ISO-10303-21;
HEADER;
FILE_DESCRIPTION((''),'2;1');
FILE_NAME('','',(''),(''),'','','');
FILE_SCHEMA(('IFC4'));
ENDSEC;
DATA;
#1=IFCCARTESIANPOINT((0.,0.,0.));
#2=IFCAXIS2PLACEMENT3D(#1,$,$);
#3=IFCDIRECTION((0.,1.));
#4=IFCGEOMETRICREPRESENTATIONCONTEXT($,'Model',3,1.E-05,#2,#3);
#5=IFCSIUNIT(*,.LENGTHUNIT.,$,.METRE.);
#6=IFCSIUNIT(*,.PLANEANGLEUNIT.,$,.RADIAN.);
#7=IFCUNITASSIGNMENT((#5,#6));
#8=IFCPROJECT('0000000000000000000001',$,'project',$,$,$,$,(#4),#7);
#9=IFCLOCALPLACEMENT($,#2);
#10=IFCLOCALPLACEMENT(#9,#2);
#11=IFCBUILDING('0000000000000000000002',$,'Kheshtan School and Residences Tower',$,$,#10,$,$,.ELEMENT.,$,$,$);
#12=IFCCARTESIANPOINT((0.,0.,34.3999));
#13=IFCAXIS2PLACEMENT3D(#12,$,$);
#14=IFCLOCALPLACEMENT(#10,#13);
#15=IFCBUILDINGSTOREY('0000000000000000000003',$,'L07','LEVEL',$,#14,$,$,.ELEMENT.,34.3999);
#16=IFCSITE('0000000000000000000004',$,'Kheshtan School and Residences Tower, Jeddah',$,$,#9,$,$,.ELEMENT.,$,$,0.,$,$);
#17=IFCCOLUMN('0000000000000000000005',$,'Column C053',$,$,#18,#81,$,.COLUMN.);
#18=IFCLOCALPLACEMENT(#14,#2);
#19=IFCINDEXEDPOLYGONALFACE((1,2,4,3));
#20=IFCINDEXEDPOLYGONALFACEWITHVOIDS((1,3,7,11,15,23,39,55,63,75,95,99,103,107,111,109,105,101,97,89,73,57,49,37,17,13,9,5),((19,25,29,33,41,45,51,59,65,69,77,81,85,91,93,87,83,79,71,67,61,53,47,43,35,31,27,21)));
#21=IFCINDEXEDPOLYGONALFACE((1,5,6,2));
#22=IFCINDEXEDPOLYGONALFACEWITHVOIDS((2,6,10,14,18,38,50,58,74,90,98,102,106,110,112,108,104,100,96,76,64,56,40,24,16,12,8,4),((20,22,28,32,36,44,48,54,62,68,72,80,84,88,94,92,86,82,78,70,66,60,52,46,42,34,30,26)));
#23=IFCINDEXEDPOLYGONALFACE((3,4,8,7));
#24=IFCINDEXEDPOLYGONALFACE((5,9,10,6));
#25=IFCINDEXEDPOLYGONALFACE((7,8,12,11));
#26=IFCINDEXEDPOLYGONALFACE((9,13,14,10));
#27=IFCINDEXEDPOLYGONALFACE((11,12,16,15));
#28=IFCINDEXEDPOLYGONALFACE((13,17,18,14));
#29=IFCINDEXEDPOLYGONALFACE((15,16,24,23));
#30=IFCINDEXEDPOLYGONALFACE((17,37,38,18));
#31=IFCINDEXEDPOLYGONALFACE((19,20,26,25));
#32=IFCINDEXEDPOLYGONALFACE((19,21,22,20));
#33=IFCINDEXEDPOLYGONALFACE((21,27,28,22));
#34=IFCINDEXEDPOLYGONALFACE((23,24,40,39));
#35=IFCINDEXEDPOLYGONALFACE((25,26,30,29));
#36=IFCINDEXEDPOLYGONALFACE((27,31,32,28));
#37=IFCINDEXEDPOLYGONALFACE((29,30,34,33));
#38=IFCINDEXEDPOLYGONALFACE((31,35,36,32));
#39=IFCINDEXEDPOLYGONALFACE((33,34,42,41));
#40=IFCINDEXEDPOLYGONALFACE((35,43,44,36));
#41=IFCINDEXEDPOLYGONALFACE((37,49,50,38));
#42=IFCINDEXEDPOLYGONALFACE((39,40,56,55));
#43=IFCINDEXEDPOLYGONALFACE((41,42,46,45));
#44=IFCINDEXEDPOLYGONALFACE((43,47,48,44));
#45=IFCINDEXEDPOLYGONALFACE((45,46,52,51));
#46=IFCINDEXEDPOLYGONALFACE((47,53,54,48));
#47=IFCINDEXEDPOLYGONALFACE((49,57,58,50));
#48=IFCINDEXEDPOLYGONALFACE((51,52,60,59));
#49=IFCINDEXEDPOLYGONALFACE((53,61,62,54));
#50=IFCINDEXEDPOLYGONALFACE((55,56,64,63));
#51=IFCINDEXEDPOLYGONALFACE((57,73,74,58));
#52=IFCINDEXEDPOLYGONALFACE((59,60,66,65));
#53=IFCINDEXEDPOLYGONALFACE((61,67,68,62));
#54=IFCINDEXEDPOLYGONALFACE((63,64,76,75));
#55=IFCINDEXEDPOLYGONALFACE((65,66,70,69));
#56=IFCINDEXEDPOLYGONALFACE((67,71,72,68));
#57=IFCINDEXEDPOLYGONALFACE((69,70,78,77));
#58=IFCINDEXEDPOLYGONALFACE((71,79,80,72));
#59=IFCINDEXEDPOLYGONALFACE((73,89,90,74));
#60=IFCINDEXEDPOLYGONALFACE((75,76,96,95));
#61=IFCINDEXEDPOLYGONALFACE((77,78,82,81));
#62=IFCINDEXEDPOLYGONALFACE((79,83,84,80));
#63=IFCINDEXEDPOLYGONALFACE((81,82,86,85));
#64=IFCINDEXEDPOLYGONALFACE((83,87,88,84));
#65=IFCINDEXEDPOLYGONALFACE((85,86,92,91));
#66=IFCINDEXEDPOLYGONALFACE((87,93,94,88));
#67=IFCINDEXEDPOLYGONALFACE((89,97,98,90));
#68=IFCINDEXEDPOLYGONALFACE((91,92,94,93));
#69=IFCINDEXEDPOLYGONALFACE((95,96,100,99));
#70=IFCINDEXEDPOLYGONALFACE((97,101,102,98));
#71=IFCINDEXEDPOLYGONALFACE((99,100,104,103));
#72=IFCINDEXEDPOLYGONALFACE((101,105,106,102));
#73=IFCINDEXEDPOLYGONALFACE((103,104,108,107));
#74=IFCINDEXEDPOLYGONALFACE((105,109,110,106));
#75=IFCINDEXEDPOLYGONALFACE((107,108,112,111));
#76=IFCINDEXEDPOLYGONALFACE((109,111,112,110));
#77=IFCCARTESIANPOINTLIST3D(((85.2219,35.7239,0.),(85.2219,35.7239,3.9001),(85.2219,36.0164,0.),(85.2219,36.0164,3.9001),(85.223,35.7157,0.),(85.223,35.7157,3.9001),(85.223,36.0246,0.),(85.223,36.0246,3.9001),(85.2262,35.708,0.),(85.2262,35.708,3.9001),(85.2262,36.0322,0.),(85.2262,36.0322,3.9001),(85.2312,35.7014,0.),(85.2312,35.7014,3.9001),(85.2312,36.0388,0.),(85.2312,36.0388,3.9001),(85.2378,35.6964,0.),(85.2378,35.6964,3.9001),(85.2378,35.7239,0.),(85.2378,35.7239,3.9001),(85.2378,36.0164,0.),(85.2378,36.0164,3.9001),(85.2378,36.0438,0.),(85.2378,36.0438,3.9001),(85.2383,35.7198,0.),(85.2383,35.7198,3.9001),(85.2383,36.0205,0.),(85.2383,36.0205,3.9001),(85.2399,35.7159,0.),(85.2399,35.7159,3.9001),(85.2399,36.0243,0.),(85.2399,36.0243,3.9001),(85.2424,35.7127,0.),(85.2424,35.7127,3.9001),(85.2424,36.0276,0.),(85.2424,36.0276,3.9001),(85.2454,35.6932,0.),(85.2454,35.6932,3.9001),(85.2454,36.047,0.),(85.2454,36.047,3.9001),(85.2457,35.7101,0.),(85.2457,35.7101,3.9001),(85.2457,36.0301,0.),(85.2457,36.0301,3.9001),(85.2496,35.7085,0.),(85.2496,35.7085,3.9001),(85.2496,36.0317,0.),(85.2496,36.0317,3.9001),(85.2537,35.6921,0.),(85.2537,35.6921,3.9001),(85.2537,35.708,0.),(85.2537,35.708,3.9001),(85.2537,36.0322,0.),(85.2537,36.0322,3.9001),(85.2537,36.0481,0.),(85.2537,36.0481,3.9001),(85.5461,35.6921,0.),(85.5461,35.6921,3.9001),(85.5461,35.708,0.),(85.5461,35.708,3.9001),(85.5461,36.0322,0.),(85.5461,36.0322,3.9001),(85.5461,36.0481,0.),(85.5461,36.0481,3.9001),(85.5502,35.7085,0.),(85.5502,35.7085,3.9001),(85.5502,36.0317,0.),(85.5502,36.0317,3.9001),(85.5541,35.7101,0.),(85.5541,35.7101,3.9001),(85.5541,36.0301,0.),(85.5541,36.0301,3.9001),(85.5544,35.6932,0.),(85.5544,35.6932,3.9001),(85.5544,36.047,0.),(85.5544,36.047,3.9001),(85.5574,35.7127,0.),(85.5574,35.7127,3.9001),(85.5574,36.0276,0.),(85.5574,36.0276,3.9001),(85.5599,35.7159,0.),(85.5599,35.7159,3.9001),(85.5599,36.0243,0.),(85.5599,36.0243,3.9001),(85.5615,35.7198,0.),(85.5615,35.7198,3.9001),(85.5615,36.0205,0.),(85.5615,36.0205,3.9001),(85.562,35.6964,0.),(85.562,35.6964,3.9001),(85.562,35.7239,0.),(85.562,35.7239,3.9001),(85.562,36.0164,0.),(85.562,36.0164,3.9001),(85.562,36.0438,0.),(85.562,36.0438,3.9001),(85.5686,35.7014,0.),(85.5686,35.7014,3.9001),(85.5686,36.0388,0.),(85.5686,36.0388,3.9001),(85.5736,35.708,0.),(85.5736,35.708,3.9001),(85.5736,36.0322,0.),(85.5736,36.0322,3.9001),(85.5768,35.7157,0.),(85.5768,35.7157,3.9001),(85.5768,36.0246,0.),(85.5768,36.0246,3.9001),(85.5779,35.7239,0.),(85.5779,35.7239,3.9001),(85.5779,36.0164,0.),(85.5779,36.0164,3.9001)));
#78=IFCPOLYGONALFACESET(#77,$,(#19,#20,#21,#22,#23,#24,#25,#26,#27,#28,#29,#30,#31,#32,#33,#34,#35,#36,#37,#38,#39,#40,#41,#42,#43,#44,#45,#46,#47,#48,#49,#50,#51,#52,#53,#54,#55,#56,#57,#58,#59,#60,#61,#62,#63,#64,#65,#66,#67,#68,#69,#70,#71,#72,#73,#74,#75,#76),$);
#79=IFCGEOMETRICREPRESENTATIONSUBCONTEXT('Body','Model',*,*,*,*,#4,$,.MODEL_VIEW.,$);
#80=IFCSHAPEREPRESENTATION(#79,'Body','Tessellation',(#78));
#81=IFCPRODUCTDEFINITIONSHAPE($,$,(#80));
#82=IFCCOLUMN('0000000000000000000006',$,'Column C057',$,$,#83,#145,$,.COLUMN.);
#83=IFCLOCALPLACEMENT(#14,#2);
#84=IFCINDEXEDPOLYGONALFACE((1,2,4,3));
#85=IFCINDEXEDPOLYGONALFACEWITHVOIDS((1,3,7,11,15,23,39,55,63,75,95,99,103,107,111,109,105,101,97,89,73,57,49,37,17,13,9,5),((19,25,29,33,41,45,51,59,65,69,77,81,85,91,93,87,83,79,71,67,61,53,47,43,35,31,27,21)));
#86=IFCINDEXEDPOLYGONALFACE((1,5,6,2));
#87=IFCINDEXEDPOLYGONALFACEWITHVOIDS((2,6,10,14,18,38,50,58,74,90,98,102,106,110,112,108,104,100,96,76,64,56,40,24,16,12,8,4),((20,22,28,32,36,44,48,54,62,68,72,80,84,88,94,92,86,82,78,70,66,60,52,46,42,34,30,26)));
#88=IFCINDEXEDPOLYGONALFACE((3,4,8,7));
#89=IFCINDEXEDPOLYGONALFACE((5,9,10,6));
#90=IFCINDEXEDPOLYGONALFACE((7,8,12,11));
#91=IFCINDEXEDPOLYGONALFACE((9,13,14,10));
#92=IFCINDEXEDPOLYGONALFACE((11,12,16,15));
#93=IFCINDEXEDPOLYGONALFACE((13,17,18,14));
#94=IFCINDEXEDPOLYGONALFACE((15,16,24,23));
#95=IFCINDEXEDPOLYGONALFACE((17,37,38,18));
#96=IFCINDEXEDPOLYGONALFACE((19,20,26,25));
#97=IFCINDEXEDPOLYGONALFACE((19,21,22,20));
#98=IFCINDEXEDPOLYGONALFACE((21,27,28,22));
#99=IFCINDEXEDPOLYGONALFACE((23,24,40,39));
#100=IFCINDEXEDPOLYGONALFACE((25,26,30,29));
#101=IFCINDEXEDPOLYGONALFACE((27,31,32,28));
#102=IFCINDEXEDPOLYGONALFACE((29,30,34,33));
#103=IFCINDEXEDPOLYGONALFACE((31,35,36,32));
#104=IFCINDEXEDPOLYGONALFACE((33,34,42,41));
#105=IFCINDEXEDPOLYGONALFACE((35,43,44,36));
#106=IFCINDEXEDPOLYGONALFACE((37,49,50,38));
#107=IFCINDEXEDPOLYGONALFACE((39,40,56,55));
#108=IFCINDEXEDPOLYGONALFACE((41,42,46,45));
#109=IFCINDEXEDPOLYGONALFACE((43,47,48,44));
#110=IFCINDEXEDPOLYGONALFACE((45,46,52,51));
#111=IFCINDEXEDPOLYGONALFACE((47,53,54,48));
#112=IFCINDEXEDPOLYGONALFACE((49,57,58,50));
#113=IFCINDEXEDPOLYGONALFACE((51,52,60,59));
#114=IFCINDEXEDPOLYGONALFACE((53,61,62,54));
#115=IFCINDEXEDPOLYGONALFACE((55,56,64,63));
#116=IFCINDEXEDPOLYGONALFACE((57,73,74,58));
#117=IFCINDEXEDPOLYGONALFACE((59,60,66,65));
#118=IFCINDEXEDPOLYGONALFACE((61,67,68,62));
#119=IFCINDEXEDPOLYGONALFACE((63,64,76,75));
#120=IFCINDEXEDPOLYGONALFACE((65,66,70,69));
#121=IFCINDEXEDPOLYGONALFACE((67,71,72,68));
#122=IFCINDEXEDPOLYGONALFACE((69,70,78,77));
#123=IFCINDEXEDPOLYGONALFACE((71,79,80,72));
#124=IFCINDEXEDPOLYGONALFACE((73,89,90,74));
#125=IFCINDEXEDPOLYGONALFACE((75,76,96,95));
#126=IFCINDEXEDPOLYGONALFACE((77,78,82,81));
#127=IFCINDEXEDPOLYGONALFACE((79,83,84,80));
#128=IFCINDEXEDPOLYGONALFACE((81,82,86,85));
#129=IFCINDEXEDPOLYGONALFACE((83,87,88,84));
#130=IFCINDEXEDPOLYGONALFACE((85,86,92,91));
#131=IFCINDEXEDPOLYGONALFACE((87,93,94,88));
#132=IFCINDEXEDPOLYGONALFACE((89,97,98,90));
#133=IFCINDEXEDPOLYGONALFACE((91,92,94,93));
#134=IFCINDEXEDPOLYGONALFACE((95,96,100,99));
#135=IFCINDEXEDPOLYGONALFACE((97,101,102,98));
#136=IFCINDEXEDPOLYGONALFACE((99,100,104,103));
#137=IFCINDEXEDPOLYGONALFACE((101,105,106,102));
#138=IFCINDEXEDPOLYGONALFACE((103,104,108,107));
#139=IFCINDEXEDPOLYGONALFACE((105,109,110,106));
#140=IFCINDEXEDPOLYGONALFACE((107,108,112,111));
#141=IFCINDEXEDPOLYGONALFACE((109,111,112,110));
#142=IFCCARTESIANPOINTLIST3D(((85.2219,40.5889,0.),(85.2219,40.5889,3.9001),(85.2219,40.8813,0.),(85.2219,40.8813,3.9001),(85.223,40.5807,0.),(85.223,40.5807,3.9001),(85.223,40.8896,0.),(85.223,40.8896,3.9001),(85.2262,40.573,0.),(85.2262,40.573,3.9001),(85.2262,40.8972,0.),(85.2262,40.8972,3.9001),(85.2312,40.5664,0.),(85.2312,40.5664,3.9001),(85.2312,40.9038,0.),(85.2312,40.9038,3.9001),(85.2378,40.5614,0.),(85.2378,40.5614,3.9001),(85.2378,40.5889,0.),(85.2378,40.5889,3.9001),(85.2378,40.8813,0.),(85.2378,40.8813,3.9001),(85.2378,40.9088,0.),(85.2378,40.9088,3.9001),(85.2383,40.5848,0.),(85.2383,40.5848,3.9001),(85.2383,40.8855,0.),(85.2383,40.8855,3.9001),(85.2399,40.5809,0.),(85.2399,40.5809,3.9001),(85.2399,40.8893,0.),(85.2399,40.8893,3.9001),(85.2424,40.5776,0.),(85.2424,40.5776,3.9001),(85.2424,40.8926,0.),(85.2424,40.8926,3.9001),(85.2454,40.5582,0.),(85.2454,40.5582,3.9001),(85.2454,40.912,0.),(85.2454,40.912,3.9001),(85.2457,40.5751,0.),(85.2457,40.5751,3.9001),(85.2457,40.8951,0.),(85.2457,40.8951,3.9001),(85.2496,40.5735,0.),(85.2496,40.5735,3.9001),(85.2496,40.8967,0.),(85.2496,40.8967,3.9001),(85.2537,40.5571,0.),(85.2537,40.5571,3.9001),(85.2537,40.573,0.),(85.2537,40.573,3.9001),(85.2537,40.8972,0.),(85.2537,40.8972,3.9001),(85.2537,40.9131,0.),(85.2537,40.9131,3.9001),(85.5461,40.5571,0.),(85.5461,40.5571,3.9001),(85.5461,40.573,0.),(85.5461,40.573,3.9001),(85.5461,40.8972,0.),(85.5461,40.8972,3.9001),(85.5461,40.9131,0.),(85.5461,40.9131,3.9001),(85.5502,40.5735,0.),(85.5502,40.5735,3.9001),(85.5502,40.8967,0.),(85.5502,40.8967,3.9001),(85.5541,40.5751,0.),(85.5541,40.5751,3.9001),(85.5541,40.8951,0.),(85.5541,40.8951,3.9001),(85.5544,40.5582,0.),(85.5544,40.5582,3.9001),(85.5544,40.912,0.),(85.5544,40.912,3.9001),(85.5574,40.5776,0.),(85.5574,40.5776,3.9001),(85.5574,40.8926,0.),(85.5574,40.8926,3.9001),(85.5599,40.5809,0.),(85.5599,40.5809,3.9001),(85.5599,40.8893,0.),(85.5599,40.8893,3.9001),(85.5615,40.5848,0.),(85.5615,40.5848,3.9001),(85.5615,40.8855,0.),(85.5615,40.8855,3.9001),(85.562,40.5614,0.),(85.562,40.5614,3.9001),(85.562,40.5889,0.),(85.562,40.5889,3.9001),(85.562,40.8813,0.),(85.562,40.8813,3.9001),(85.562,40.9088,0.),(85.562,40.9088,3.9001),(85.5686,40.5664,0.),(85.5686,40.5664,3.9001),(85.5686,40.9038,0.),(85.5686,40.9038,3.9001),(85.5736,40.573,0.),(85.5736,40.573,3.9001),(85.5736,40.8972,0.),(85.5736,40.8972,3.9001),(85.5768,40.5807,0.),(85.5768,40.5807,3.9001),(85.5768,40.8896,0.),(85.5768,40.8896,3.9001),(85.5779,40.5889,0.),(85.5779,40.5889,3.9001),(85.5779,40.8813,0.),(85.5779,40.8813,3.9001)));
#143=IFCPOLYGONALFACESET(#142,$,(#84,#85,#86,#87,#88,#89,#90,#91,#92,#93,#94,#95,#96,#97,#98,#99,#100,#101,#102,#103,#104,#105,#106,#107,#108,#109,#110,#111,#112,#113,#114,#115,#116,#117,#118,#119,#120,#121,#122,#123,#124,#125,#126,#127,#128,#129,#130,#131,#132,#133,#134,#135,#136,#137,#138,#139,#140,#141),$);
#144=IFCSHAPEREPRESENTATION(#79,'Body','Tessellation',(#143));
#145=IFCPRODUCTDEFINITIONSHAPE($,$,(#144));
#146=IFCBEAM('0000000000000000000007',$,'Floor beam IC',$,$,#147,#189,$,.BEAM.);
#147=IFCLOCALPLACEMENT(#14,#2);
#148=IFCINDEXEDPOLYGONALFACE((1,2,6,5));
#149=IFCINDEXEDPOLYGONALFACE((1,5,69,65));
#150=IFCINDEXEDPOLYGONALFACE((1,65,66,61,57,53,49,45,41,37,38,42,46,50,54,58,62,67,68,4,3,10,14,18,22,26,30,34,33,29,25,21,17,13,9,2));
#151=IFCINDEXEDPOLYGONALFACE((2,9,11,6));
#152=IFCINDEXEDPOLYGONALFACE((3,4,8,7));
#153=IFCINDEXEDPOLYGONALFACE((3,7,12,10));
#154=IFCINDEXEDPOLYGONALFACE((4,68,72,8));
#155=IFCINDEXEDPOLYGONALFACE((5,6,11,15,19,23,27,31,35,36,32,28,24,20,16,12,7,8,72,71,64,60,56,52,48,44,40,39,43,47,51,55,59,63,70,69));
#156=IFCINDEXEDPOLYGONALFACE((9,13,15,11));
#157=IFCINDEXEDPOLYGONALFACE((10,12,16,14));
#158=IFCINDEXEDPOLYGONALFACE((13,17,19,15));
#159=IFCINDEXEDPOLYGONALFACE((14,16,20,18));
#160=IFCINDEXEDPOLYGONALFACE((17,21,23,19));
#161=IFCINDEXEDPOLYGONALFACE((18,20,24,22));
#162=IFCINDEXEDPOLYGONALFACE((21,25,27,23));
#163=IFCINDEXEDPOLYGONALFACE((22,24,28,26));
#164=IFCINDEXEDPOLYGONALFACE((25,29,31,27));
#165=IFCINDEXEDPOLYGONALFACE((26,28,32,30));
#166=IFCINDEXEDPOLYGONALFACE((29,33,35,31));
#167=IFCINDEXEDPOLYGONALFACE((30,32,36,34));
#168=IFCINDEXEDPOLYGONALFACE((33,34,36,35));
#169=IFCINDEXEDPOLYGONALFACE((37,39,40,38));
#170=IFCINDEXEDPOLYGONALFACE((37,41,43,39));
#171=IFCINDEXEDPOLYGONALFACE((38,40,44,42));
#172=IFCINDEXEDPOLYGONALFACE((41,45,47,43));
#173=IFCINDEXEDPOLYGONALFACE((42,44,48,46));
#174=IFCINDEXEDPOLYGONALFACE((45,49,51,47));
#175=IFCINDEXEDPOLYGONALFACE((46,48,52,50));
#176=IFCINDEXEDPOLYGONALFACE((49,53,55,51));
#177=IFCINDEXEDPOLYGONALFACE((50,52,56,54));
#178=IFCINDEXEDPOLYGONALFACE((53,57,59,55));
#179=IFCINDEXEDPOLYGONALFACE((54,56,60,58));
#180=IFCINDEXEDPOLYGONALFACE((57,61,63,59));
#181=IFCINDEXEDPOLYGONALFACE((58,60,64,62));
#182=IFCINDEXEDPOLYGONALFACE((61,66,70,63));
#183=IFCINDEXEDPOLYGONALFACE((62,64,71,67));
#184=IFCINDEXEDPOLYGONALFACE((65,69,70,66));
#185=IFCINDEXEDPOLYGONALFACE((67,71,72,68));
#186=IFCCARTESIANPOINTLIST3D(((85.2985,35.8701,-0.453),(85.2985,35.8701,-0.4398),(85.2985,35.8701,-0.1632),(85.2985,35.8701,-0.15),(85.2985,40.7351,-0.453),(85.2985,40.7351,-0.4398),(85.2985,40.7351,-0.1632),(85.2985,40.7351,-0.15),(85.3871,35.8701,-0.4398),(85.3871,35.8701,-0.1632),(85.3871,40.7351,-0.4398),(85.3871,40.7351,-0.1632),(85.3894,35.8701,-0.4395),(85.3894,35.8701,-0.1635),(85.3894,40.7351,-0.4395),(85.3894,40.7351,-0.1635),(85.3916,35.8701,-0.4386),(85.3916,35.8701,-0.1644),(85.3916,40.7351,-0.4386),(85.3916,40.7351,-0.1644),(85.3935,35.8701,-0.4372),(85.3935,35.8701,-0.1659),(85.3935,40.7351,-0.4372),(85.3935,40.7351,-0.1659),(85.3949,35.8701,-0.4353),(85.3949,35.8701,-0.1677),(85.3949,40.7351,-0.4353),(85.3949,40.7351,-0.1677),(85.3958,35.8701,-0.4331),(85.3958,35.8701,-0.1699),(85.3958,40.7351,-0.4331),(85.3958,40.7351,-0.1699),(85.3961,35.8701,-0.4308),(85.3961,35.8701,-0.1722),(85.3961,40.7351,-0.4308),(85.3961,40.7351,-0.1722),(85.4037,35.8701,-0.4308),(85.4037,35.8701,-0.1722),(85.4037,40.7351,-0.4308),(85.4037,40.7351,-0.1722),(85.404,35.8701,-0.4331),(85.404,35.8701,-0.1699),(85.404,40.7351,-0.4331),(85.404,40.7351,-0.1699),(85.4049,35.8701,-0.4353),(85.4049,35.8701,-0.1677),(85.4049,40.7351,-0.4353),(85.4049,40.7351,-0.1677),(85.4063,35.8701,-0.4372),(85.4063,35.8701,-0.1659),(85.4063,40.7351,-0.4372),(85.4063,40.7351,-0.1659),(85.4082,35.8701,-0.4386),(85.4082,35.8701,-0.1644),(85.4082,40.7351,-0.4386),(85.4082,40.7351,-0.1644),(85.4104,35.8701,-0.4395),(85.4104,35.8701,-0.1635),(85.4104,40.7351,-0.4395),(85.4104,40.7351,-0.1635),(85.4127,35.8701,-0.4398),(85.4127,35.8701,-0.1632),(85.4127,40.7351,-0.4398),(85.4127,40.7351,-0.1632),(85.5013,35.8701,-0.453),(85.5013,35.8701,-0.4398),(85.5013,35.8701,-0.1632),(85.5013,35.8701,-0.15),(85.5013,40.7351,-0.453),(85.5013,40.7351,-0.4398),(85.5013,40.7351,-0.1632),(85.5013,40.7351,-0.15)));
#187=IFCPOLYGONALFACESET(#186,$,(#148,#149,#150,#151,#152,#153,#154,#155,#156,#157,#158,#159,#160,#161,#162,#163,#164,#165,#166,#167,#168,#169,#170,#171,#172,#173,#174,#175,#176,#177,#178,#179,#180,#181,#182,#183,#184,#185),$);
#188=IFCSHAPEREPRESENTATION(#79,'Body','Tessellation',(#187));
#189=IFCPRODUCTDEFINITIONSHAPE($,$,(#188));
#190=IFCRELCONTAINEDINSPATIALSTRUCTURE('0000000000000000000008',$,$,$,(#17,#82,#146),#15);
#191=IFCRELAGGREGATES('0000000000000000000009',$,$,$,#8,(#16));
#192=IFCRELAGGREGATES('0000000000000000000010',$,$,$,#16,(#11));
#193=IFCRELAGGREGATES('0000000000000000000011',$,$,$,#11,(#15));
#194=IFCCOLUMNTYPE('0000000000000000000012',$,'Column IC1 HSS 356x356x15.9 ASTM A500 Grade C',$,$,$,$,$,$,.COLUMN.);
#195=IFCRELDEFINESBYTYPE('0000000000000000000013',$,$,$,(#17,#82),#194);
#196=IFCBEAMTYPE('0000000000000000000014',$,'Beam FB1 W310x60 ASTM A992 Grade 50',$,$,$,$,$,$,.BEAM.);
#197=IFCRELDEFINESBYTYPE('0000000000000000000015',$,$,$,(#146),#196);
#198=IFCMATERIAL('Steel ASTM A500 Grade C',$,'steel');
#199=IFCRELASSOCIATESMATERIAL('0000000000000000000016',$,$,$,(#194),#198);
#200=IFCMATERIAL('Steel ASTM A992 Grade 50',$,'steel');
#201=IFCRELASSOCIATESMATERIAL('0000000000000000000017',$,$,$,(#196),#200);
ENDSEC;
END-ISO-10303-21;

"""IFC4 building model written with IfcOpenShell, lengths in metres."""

from ifc_helpers import new_model, si_unit, direction, frame, origin, origin_2d, place, context, subcontext, project, spatial, hollow_rectangle, i_section, extrude, material, material_profile, profile_set, type_object, element, save


model = new_model("IFC4")

# Units and contexts
model_context = context("Model", 3, precision=1e-05, world=origin(), true_north=direction((0.0, 1.0)))
body_context = subcontext(model_context, "Body", "Model", "MODEL_VIEW")
ifc_project = project(units=[si_unit("LENGTHUNIT", "METRE"), si_unit("PLANEANGLEUNIT", "RADIAN")], contexts=[model_context])

# Site, building, storey
site_placement = place(None, origin())
site = spatial("IfcSite", under=ifc_project, at=site_placement, Name="Kheshtan School and Residences Tower, Jeddah", CompositionType="ELEMENT", RefElevation=0.0)
building_placement = place(site_placement, origin())
building = spatial("IfcBuilding", under=site, at=building_placement, Name="Kheshtan School and Residences Tower", CompositionType="ELEMENT")
storey_placement = place(building_placement, frame((0.0, 0.0, 34.3999)))
storey = spatial("IfcBuildingStorey", under=building, at=storey_placement, Name="L07", Description="LEVEL", CompositionType="ELEMENT", Elevation=34.3999)

# Columns
ifc_material_1 = material(Name="Steel ASTM A500 Grade C", Category="steel")
ifc_material_profile_1 = material_profile(ifc_material_1, hollow_rectangle(XDim=0.356, YDim=0.356, WallThickness=0.0159, InnerFilletRadius=0.0159, OuterFilletRadius=0.0317, at=origin_2d()), Name="HSS 356x356x15.9")
ifc_profile_set_1 = profile_set([ifc_material_profile_1], Name="Steel ASTM A500 Grade C")
column_type = type_object("IfcColumnType", Name="Column IC1 HSS 356x356x15.9 ASTM A500 Grade C", PredefinedType="COLUMN", material=ifc_profile_set_1)
for number, where, z_axis, x_axis, name in (
    (1, (85.3999, 35.8701, 0.0), (0.0, 0.0, 1.0), (1.0, 0.0, 0.0), "Column C053"),
    (2, (85.3999, 40.7351, 0.0), (0.0, 0.0, 1.0), (1.0, 0.0, 0.0), "Column C057"),
):
    element("IfcColumn", number, at=place(storey_placement, frame(where, z_axis=z_axis, x_axis=x_axis)), inside=storey, type_object=column_type, Name=name, PredefinedType="COLUMN", context=body_context, shape_type="SweptSolid", body=[
        extrude(hollow_rectangle(XDim=0.356, YDim=0.356, WallThickness=0.0159, InnerFilletRadius=0.0159, OuterFilletRadius=0.0317, at=origin_2d()), origin(), (0.0, 0.0, 1.0), 3.9001),
    ])

# Beam
ifc_material_2 = material(Name="Steel ASTM A992 Grade 50", Category="steel")
ifc_material_profile_2 = material_profile(ifc_material_2, i_section(OverallWidth=0.2029, OverallDepth=0.303, WebThickness=0.0076, FlangeThickness=0.0132, FilletRadius=0.009, at=origin_2d()), Name="W310x60")
ifc_profile_set_2 = profile_set([ifc_material_profile_2], Name="Steel ASTM A992 Grade 50")
beam_type = type_object("IfcBeamType", Name="Beam FB1 W310x60 ASTM A992 Grade 50", PredefinedType="BEAM", material=ifc_profile_set_2)
beam_placement = place(storey_placement, frame((85.3999, 40.7351, -0.3015), z_axis=(0.0, -1.0, 0.0), x_axis=(1.0, 0.0, 0.0)))
element("IfcBeam", 3, at=beam_placement, inside=storey, type_object=beam_type, Name="Floor beam IC", PredefinedType="BEAM", context=body_context, shape_type="SweptSolid", body=[
    extrude(i_section(OverallWidth=0.2029, OverallDepth=0.303, WebThickness=0.0076, FlangeThickness=0.0132, FilletRadius=0.009, at=origin_2d()), origin(), (0.0, 0.0, 1.0), 4.865),
])

save(model, "model.ifc")
